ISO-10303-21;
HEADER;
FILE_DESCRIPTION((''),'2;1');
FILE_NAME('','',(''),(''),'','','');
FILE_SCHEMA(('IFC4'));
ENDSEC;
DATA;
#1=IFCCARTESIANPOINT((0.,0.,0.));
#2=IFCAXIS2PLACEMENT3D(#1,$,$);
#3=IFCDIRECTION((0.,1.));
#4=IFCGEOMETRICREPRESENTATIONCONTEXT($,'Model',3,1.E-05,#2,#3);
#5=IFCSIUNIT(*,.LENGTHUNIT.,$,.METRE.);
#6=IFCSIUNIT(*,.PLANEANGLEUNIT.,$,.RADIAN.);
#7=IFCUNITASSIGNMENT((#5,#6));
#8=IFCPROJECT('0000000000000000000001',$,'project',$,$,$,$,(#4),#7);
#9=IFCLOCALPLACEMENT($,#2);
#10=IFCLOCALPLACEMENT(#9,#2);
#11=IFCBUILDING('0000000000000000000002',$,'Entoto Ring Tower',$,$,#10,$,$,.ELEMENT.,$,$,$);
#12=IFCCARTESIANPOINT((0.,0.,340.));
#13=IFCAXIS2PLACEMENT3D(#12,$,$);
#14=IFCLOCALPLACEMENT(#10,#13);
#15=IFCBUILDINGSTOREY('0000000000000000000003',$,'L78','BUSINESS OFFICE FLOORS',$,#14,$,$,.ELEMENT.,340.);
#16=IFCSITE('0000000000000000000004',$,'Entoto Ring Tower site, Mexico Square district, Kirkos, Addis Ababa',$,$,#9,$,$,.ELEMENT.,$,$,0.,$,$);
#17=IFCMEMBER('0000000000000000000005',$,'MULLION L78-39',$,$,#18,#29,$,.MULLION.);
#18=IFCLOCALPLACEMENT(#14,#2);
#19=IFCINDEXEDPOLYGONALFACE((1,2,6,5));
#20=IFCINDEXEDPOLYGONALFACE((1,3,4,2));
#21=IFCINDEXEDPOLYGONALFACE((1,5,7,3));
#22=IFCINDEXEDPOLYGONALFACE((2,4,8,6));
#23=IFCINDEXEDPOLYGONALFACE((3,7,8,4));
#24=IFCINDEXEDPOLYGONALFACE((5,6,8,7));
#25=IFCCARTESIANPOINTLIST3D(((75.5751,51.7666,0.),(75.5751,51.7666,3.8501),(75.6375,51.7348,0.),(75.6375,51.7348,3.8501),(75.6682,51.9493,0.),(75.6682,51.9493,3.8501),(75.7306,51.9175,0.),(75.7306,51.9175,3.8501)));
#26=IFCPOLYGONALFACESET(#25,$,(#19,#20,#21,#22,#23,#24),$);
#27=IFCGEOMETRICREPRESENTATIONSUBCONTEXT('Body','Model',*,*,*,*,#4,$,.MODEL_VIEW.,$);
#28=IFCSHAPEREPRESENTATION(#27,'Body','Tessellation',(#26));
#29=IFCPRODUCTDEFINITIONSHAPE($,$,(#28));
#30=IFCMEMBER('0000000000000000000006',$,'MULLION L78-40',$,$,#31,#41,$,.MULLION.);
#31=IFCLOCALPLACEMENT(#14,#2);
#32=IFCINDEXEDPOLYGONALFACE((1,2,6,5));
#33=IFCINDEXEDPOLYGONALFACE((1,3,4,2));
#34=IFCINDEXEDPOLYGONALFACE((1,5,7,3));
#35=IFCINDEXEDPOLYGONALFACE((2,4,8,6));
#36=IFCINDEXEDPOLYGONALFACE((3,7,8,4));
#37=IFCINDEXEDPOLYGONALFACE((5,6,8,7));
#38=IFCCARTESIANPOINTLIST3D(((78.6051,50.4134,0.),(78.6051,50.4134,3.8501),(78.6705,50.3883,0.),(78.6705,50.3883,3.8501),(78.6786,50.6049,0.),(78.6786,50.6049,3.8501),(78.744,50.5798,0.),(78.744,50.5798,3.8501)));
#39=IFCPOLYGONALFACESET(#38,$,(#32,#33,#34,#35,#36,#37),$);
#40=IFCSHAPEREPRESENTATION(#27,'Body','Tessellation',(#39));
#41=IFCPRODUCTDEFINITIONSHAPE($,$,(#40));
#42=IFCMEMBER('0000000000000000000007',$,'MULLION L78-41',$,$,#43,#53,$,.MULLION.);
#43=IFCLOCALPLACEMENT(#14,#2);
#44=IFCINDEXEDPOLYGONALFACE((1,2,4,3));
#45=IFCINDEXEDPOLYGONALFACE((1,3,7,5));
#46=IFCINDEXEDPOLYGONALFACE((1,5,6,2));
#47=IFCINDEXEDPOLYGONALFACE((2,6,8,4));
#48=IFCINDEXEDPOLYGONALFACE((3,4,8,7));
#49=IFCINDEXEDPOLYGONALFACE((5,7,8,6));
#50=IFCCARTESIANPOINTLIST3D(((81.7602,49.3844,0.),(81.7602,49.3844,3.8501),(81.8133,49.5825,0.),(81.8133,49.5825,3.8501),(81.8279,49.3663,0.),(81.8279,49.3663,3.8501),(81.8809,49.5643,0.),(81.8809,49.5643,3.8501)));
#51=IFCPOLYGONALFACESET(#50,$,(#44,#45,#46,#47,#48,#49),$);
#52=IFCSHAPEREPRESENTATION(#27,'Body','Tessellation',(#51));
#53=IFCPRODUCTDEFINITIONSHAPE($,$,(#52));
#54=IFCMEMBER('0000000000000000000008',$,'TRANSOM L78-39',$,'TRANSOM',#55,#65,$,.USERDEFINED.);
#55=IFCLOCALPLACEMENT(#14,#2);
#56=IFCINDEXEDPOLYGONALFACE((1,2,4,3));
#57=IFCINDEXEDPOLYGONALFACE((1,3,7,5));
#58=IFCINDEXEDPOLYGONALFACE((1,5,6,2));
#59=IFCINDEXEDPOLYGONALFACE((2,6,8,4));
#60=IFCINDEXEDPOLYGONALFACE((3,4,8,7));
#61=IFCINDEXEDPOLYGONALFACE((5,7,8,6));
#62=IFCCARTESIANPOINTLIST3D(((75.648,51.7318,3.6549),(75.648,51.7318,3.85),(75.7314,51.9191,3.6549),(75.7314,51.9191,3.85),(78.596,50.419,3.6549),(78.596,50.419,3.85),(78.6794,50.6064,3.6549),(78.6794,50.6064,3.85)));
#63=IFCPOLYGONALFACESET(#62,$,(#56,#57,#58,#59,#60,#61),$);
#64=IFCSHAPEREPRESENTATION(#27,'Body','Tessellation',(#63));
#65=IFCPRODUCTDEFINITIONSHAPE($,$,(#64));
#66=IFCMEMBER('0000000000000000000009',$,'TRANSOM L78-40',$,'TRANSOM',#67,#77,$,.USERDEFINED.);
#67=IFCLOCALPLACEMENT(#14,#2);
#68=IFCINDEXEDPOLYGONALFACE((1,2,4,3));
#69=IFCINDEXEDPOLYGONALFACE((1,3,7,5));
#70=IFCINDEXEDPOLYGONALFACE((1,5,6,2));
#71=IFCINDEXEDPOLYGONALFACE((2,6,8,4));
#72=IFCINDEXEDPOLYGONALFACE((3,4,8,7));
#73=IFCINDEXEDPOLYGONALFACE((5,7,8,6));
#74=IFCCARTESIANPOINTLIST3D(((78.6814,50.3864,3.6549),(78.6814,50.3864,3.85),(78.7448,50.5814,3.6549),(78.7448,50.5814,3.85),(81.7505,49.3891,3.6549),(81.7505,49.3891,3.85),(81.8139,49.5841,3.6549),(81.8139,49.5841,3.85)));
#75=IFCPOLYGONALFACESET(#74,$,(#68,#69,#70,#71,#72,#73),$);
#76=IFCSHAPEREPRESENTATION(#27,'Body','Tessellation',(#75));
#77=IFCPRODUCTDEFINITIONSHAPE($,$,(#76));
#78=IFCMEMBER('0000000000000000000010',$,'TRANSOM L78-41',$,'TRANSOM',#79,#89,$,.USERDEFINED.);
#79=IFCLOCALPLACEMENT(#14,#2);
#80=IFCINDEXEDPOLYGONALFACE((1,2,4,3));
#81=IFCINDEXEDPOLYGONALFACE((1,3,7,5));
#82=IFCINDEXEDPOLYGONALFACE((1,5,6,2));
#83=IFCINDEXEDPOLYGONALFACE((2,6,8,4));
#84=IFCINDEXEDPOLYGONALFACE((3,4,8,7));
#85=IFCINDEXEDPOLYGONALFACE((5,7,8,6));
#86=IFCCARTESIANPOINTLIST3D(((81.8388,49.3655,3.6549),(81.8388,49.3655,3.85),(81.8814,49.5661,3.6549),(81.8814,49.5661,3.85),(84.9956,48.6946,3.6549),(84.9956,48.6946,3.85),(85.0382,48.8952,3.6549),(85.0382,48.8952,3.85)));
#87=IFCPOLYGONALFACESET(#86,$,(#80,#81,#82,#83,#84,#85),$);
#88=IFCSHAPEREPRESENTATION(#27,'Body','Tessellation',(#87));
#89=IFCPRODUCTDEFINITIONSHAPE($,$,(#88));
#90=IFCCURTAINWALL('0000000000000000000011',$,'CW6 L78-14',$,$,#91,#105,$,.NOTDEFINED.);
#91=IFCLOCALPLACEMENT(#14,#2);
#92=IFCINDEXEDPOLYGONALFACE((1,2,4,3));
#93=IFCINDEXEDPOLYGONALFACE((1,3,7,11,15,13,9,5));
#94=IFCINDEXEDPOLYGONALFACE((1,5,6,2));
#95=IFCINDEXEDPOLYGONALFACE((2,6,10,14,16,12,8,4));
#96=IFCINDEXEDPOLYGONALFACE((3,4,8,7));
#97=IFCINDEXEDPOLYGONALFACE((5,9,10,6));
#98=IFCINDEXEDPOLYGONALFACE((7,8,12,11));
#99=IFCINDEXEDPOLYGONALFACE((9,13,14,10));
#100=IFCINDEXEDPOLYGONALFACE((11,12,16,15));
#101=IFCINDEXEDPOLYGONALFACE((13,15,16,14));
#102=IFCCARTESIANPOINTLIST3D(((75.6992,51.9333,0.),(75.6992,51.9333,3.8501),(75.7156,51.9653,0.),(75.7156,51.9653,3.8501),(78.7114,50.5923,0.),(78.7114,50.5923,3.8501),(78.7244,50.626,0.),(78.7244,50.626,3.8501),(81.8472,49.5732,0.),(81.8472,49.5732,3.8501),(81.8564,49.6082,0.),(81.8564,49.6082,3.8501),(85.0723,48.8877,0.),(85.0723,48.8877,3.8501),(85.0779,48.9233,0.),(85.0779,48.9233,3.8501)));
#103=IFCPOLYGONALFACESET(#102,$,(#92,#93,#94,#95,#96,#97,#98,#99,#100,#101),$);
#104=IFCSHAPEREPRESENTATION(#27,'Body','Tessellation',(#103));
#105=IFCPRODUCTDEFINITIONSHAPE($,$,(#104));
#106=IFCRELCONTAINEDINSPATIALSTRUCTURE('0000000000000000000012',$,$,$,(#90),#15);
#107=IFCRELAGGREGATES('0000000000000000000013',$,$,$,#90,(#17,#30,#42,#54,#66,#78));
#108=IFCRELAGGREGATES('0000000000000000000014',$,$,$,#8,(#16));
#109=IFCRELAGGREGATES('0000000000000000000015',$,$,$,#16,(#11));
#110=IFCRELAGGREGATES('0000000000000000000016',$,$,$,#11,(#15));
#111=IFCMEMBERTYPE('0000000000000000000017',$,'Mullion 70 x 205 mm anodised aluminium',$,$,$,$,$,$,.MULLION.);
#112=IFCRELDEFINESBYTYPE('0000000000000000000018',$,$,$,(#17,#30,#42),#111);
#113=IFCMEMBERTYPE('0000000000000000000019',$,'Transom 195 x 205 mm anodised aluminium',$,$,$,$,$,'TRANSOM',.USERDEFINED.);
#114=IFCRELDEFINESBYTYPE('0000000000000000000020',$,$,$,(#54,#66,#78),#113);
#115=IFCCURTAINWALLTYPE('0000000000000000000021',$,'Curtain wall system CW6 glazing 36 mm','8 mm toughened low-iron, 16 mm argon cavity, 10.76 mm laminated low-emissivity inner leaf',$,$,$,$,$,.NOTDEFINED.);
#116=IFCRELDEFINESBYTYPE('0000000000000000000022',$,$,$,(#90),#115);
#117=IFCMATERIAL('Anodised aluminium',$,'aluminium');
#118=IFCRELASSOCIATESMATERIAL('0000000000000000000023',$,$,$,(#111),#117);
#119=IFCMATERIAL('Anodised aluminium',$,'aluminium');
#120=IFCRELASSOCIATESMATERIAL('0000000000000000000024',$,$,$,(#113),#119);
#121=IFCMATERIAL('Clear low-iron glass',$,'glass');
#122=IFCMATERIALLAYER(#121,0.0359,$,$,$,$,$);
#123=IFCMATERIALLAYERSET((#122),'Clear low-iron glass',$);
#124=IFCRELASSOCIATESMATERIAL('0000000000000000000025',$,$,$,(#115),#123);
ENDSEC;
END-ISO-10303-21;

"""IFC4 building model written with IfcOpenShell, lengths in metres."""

from ifc_helpers import new_model, si_unit, direction, frame, origin, origin_2d, place, context, subcontext, project, spatial, polyline, rectangle, outline, extrude, material, layer, layer_set, material_profile, profile_set, type_object, element, aggregate, save


model = new_model("IFC4")

# Units and contexts
model_context = context("Model", 3, precision=1e-05, world=origin(), true_north=direction((0.0, 1.0)))
body_context = subcontext(model_context, "Body", "Model", "MODEL_VIEW")
ifc_project = project(units=[si_unit("LENGTHUNIT", "METRE"), si_unit("PLANEANGLEUNIT", "RADIAN")], contexts=[model_context])

# Members
ifc_material_1 = material(Name="Anodised aluminium", Category="aluminium")
ifc_material_profile_1 = material_profile(ifc_material_1, rectangle(XDim=0.0701, YDim=0.2051, at=origin_2d()), Name="Mullion 70 x 205 mm anodised aluminium")
ifc_profile_set_1 = profile_set([ifc_material_profile_1], Name="Anodised aluminium")
member_type_1 = type_object("IfcMemberType", Name="Mullion 70 x 205 mm anodised aluminium", PredefinedType="MULLION", material=ifc_profile_set_1)
site_placement = place(None, origin())
building_placement = place(site_placement, origin())
storey_placement = place(building_placement, frame((0.0, 0.0, 340.0)))
member_1_placement = place(storey_placement, frame((75.6528, 51.842, 0.0), z_axis=(0.0, 0.0, 1.0), x_axis=(0.891007, -0.45399, 0.0)))
member_1 = element("IfcMember", 1, at=member_1_placement, type_object=member_type_1, Name="MULLION L78-39", PredefinedType="MULLION", context=body_context, shape_type="SweptSolid", body=[
    extrude(rectangle(XDim=0.0701, YDim=0.2051, at=origin_2d()), origin(), (0.0, 0.0, 1.0), 3.8501),
])
member_2_placement = place(storey_placement, frame((78.6746, 50.4966, 0.0), z_axis=(0.0, 0.0, 1.0), x_axis=(0.93358, -0.358368, 0.0)))
member_2 = element("IfcMember", 2, at=member_2_placement, type_object=member_type_1, Name="MULLION L78-40", PredefinedType="MULLION", context=body_context, shape_type="SweptSolid", body=[
    extrude(rectangle(XDim=0.0701, YDim=0.2051, at=origin_2d()), origin(), (0.0, 0.0, 1.0), 3.8501),
])
member_3_placement = place(storey_placement, frame((81.8206, 49.4744, 0.0), z_axis=(0.0, 0.0, 1.0), x_axis=(0.965926, -0.258819, 0.0)))
member_3 = element("IfcMember", 3, at=member_3_placement, type_object=member_type_1, Name="MULLION L78-41", PredefinedType="MULLION", context=body_context, shape_type="SweptSolid", body=[
    extrude(rectangle(XDim=0.0701, YDim=0.2051, at=origin_2d()), origin(), (0.0, 0.0, 1.0), 3.8501),
])
ifc_material_2 = material(Name="Anodised aluminium", Category="aluminium")
ifc_material_profile_2 = material_profile(ifc_material_2, rectangle(XDim=0.2051, YDim=0.1951, at=origin_2d()), Name="Transom 195 x 205 mm anodised aluminium")
ifc_profile_set_2 = profile_set([ifc_material_profile_2], Name="Anodised aluminium")
member_type_2 = type_object("IfcMemberType", Name="Transom 195 x 205 mm anodised aluminium", ElementType="TRANSOM", PredefinedType="USERDEFINED", material=ifc_profile_set_2)
member_4_placement = place(storey_placement, frame((75.6897, 51.8254, 3.7524), z_axis=(0.913521, -0.406791, 0.0), x_axis=(0.406791, 0.913521, 0.0)))
member_4 = element("IfcMember", 4, at=member_4_placement, type_object=member_type_2, Name="TRANSOM L78-39", ObjectType="TRANSOM", PredefinedType="USERDEFINED", context=body_context, shape_type="SweptSolid", body=[
    extrude(rectangle(XDim=0.2051, YDim=0.1951, at=origin_2d()), origin(), (0.0, 0.0, 1.0), 3.2271),
])
member_5_placement = place(storey_placement, frame((78.7131, 50.4839, 3.7524), z_axis=(0.951047, -0.309047, 0.0), x_axis=(0.309047, 0.951047, 0.0)))
member_5 = element("IfcMember", 5, at=member_5_placement, type_object=member_type_2, Name="TRANSOM L78-40", ObjectType="TRANSOM", PredefinedType="USERDEFINED", context=body_context, shape_type="SweptSolid", body=[
    extrude(rectangle(XDim=0.2051, YDim=0.1951, at=origin_2d()), origin(), (0.0, 0.0, 1.0), 3.2271),
])
member_6_placement = place(storey_placement, frame((81.8601, 49.4658, 3.7524), z_axis=(0.978153, -0.207886, 0.0), x_axis=(0.207886, 0.978153, 0.0)))
member_6 = element("IfcMember", 6, at=member_6_placement, type_object=member_type_2, Name="TRANSOM L78-41", ObjectType="TRANSOM", PredefinedType="USERDEFINED", context=body_context, shape_type="SweptSolid", body=[
    extrude(rectangle(XDim=0.2051, YDim=0.1951, at=origin_2d()), origin(), (0.0, 0.0, 1.0), 3.2273),
])

# Site, building, storey
site = spatial("IfcSite", under=ifc_project, at=site_placement, Name="Entoto Ring Tower site, Mexico Square district, Kirkos, Addis Ababa", CompositionType="ELEMENT", RefElevation=0.0)
building = spatial("IfcBuilding", under=site, at=building_placement, Name="Entoto Ring Tower", CompositionType="ELEMENT")
storey = spatial("IfcBuildingStorey", under=building, at=storey_placement, Name="L78", Description="BUSINESS OFFICE FLOORS", CompositionType="ELEMENT", Elevation=340.0)

# Curtain wall
ifc_material_3 = material(Name="Clear low-iron glass", Category="glass")
ifc_layer = layer(ifc_material_3, 0.0359)
ifc_layer_set = layer_set([ifc_layer], Name="Clear low-iron glass")
curtain_wall_type = type_object("IfcCurtainWallType", Name="Curtain wall system CW6 glazing 36 mm", Description="8 mm toughened low-iron, 16 mm argon cavity, 10.76 mm laminated low-emissivity inner leaf", PredefinedType="NOTDEFINED", material=ifc_layer_set)
curtain_wall_1_placement = place(storey_placement, origin())
curtain_wall_1 = element("IfcCurtainWall", 7, at=curtain_wall_1_placement, inside=storey, type_object=curtain_wall_type, Name="CW6 L78-14", PredefinedType="NOTDEFINED", context=body_context, shape_type="SweptSolid", body=[
    extrude(outline(polyline([(75.6992, 51.9333), (78.7114, 50.5923), (81.8472, 49.5732), (85.0723, 48.8877), (85.0779, 48.9233), (81.8564, 49.6082), (78.7244, 50.626), (75.7156, 51.9653), (75.6992, 51.9333)])), origin(), (0.0, 0.0, 1.0), 3.8501),
])
aggregate(curtain_wall_1, [member_1, member_2, member_3, member_4, member_5, member_6])

save(model, "model.ifc")
